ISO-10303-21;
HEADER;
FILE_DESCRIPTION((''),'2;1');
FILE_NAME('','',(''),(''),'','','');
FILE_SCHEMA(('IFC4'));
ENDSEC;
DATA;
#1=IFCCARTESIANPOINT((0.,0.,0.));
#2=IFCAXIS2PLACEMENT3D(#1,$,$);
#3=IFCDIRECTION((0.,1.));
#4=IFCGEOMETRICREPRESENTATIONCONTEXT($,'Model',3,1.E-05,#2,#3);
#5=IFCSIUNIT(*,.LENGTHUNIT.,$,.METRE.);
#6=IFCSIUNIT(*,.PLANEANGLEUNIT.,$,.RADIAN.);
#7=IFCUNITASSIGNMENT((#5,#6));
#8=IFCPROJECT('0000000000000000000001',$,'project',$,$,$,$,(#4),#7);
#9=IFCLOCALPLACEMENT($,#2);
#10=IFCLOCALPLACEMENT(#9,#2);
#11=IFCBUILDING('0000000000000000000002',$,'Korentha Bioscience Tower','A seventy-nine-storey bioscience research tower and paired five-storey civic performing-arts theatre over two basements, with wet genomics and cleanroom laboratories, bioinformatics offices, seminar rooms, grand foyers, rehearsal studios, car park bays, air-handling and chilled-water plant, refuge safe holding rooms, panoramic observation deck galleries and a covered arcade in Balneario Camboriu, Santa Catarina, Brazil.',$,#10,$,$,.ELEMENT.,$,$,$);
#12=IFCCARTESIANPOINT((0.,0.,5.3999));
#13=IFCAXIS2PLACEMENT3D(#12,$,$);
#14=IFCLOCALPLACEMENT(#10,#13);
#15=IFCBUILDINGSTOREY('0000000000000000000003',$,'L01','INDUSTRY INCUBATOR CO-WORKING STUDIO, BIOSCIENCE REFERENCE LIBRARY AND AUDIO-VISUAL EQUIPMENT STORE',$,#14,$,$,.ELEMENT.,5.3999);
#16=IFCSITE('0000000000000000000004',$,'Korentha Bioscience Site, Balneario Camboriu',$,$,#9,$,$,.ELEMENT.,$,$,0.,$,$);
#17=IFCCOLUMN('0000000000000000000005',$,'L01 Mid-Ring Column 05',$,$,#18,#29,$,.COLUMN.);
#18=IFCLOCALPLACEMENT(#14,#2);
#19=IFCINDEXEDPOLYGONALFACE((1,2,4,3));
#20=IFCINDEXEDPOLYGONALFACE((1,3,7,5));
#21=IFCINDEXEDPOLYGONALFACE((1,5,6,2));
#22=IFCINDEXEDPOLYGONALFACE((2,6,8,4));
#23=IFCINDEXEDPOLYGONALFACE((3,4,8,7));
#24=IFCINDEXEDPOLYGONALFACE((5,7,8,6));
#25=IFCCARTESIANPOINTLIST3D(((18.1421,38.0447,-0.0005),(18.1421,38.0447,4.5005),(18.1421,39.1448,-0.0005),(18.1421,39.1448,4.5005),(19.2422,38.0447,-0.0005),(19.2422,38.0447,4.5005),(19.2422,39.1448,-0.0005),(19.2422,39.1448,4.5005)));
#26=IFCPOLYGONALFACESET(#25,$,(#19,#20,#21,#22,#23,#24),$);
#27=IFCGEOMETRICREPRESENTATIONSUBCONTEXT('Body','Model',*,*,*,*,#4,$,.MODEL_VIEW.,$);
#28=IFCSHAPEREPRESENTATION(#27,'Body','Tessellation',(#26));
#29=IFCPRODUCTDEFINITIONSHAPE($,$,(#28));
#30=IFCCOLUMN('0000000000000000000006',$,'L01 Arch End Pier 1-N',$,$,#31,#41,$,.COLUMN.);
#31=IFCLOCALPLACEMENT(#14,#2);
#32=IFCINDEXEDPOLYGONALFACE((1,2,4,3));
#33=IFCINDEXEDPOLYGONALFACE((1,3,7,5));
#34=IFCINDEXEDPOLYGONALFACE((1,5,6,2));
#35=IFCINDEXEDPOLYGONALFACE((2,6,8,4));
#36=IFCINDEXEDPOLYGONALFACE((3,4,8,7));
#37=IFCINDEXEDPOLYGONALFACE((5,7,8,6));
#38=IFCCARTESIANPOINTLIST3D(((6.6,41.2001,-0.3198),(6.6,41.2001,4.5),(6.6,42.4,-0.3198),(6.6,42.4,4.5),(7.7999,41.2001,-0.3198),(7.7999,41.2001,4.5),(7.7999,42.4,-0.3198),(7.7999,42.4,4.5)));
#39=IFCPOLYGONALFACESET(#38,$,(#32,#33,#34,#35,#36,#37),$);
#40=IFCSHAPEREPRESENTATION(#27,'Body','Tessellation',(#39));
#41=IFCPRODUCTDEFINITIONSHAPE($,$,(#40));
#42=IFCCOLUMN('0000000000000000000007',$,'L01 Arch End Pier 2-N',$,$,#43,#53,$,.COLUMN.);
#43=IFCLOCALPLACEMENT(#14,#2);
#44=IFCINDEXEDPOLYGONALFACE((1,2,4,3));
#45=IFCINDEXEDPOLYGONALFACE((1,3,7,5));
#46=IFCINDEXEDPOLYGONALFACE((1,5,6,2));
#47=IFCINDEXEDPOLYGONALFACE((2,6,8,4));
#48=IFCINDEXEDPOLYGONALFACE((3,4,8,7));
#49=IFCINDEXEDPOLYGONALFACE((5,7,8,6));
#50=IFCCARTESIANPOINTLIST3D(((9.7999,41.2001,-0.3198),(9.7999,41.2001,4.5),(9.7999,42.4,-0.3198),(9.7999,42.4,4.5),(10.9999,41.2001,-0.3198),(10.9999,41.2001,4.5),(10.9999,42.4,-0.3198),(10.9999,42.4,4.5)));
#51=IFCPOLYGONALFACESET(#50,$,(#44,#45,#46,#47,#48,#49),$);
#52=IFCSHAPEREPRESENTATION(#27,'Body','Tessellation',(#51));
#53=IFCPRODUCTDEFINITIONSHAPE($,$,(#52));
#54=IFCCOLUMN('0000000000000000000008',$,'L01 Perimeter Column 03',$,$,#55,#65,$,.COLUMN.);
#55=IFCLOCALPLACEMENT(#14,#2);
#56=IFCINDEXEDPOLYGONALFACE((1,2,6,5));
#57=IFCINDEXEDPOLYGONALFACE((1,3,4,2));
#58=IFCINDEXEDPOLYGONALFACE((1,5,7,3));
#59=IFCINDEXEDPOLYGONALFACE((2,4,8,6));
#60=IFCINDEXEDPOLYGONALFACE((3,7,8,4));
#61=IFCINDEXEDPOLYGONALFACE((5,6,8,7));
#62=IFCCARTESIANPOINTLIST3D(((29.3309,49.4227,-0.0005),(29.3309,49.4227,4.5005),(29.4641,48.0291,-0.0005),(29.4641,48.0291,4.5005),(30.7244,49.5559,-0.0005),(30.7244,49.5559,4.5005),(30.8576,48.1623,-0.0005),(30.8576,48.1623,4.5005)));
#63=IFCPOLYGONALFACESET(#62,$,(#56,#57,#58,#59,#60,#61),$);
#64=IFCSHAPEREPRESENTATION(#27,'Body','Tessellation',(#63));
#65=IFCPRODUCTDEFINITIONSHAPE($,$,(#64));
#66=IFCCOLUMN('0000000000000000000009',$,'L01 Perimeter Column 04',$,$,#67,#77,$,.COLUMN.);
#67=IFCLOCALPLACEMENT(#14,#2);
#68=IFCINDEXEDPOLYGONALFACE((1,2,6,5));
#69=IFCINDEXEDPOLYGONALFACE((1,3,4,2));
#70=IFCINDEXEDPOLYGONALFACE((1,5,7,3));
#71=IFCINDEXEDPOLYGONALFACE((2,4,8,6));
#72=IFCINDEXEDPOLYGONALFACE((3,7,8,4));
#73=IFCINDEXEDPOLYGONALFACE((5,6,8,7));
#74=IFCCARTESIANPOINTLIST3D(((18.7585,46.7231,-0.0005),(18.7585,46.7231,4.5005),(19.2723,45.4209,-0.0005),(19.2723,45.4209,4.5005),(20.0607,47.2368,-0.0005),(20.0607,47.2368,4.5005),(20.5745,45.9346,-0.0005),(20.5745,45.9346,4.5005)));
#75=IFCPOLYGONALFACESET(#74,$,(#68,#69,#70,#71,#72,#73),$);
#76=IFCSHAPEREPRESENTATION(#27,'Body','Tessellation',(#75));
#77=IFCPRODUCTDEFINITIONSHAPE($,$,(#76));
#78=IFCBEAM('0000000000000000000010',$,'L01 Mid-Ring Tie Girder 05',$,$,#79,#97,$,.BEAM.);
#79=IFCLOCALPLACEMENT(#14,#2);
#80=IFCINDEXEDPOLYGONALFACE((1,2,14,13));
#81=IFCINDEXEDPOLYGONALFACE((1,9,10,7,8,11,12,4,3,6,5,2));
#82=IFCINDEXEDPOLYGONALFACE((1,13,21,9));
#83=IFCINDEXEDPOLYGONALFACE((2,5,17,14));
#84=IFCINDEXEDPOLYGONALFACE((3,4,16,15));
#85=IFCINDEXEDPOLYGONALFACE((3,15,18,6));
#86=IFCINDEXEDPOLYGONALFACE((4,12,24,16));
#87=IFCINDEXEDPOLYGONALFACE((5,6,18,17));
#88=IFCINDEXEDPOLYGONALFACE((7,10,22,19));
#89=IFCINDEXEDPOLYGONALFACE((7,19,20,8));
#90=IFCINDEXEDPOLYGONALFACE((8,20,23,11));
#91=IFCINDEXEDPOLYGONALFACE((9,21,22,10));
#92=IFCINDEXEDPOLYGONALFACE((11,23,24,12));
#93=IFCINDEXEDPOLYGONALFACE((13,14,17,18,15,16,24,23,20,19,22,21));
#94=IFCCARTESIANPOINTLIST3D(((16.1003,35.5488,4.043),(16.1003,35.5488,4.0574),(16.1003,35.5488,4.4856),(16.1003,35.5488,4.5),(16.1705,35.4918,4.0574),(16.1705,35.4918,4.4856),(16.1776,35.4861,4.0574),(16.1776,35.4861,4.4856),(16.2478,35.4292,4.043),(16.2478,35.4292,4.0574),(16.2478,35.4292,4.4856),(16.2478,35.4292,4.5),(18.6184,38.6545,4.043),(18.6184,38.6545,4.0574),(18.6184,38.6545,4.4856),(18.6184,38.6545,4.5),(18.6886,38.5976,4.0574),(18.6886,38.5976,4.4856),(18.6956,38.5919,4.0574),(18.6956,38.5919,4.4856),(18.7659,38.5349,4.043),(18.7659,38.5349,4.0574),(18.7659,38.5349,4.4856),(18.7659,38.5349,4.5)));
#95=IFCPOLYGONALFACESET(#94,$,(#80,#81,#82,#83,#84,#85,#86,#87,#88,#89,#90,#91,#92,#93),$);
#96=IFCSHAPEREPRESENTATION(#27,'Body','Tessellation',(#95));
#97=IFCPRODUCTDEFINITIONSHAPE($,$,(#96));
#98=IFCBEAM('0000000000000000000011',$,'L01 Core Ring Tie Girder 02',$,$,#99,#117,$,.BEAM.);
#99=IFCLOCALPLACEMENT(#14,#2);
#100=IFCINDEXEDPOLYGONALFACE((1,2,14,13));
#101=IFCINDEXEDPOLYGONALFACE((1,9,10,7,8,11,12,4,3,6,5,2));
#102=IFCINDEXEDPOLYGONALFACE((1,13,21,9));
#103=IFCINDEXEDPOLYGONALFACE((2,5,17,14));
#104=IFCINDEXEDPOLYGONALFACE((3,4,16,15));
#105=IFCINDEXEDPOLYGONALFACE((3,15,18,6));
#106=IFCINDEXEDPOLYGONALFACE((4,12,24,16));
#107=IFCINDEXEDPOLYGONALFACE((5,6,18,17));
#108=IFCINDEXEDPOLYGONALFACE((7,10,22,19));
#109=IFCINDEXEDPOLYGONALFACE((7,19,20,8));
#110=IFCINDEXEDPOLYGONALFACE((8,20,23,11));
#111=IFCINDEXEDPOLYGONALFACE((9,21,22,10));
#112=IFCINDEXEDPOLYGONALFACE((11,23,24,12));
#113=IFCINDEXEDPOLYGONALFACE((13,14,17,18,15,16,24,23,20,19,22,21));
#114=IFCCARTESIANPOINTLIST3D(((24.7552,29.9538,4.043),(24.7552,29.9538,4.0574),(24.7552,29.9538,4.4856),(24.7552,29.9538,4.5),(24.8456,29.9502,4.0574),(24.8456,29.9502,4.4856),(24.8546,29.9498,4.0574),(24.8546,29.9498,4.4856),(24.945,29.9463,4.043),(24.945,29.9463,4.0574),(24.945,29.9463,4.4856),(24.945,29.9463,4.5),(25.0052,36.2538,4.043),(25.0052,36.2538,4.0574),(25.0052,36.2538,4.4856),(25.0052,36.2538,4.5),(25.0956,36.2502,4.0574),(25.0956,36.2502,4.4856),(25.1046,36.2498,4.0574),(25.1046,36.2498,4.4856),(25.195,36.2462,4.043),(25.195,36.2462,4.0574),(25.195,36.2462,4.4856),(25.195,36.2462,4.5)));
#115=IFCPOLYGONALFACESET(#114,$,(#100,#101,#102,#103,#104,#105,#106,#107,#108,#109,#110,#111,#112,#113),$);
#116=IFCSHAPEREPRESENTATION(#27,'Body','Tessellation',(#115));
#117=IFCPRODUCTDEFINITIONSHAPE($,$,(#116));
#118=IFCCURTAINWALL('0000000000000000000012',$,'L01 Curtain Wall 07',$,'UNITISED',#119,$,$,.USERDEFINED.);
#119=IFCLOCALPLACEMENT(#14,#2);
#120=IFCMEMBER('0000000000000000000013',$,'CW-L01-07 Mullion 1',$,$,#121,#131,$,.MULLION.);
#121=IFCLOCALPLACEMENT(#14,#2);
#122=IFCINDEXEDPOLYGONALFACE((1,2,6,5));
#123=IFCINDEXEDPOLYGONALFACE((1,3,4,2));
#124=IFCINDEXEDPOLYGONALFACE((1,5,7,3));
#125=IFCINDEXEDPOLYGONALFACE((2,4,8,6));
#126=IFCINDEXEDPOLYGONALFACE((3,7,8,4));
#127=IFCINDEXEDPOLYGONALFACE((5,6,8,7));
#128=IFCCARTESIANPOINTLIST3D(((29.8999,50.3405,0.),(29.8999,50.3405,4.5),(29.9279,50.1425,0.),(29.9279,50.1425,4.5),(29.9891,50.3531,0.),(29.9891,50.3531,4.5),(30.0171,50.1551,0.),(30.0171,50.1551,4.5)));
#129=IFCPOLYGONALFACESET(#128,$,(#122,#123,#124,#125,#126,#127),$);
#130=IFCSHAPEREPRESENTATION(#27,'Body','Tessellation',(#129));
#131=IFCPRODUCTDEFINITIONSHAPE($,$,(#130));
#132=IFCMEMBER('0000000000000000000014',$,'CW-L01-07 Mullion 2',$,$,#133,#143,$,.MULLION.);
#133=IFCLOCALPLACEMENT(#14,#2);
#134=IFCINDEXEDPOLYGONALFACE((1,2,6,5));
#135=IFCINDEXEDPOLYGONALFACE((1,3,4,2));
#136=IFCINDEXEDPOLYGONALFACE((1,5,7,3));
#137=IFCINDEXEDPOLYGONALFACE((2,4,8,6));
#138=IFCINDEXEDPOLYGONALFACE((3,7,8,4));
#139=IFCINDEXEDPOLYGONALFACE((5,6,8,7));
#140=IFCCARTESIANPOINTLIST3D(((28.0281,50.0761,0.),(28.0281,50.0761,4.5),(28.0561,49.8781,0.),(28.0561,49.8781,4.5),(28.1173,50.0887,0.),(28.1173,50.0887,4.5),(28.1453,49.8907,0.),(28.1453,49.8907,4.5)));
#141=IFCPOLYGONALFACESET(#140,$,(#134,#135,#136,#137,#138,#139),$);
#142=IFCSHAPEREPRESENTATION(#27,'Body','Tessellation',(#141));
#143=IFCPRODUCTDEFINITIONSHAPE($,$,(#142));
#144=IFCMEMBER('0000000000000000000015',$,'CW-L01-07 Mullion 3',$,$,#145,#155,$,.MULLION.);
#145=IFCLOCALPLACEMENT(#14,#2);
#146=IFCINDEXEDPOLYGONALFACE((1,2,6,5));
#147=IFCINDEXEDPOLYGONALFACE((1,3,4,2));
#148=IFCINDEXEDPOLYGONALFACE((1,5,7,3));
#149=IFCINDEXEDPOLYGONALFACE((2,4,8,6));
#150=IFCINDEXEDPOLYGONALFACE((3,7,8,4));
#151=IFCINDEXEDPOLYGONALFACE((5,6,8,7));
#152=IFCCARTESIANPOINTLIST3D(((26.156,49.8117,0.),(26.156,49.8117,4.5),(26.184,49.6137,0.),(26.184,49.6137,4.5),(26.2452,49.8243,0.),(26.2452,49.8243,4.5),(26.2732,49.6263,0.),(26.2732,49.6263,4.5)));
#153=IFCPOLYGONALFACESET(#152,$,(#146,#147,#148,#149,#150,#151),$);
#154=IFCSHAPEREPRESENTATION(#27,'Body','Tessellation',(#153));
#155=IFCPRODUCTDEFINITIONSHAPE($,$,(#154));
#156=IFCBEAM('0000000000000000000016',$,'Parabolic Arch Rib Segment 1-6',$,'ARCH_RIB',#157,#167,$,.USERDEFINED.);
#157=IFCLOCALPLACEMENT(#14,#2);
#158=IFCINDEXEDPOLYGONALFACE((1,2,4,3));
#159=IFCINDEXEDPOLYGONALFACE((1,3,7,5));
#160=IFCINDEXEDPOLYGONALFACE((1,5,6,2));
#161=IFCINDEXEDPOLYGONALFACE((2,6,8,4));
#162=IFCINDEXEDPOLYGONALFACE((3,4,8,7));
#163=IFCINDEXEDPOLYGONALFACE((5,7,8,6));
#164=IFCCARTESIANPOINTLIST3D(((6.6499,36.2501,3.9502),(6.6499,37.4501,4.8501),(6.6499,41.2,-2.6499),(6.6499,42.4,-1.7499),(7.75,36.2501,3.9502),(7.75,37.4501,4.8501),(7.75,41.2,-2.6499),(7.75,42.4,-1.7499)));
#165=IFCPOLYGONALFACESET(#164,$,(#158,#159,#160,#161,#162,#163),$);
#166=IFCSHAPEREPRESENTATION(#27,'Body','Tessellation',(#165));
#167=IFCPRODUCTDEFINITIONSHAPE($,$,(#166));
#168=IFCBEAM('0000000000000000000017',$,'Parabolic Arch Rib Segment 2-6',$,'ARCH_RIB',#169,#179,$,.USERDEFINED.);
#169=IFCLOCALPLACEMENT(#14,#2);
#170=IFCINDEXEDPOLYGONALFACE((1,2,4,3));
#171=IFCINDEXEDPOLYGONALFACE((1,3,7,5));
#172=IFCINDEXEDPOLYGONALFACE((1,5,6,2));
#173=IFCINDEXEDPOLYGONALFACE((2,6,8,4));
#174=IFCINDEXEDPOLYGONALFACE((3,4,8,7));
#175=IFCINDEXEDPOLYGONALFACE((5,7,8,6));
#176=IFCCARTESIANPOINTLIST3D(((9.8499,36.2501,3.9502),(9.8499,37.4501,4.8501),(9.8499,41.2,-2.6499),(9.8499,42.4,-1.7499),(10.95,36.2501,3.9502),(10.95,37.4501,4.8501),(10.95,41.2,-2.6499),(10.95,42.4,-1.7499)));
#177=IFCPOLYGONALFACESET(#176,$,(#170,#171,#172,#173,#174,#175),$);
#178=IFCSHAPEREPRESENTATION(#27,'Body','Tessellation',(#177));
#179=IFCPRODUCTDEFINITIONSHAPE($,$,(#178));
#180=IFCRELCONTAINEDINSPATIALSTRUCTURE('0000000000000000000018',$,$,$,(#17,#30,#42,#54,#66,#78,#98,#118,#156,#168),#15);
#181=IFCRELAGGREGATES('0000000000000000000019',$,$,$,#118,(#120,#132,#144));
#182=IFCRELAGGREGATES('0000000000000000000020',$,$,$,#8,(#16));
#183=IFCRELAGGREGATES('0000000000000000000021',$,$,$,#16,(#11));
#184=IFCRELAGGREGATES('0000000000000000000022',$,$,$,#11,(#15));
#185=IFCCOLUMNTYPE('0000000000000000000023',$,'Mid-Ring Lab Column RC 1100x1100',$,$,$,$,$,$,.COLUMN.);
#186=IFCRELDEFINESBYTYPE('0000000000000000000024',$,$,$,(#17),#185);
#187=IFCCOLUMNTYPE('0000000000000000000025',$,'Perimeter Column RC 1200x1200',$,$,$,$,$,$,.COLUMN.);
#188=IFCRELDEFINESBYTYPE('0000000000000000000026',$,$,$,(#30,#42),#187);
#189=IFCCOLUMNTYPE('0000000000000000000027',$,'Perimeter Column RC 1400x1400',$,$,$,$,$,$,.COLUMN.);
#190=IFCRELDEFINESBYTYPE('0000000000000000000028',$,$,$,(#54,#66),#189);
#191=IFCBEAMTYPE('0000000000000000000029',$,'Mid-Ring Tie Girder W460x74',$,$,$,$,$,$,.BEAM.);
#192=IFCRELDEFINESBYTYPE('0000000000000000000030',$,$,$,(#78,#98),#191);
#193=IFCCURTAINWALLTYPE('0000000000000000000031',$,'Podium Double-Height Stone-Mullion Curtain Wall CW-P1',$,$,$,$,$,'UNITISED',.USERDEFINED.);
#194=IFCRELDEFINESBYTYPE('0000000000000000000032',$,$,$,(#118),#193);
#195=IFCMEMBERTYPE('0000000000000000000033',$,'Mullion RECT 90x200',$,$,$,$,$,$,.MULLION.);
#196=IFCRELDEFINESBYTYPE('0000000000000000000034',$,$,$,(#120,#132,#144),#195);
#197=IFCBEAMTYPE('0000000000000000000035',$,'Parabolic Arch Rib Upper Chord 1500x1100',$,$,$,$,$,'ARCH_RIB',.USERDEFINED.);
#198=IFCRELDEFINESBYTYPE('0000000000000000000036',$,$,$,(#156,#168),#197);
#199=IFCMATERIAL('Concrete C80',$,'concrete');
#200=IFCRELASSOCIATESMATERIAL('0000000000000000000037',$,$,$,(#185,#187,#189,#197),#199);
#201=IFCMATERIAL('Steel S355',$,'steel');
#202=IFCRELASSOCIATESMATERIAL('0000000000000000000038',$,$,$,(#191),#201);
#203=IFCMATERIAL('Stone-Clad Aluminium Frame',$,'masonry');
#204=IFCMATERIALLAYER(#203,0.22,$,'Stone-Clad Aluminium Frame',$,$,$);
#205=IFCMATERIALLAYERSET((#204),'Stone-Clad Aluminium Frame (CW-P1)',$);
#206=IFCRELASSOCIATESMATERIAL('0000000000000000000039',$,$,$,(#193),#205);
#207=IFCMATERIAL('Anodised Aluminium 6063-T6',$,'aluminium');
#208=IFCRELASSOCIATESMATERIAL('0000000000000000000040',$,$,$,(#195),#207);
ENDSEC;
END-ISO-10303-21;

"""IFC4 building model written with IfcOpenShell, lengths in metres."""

from ifc_helpers import new_model, si_unit, direction, frame, origin, origin_2d, place, context, subcontext, project, spatial, rectangle, i_section, extrude, material, layer, layer_set, material_profile, profile_set, type_object, element, aggregate, save


model = new_model("IFC4")

# Units and contexts
model_context = context("Model", 3, precision=1e-05, world=origin(), true_north=direction((0.0, 1.0)))
body_context = subcontext(model_context, "Body", "Model", "MODEL_VIEW")
ifc_project = project(units=[si_unit("LENGTHUNIT", "METRE"), si_unit("PLANEANGLEUNIT", "RADIAN")], contexts=[model_context])

# Site, building, storey
site_placement = place(None, origin())
site = spatial("IfcSite", under=ifc_project, at=site_placement, Name="Korentha Bioscience Site, Balneario Camboriu", CompositionType="ELEMENT", RefElevation=0.0)
building_placement = place(site_placement, origin())
building = spatial("IfcBuilding", under=site, at=building_placement, Name="Korentha Bioscience Tower", Description="A seventy-nine-storey bioscience research tower and paired five-storey civic performing-arts theatre over two basements, with wet genomics and cleanroom laboratories, bioinformatics offices, seminar rooms, grand foyers, rehearsal studios, car park bays, air-handling and chilled-water plant, refuge safe holding rooms, panoramic observation deck galleries and a covered arcade in Balneario Camboriu, Santa Catarina, Brazil.", CompositionType="ELEMENT")
storey_placement = place(building_placement, frame((0.0, 0.0, 5.3999)))
storey = spatial("IfcBuildingStorey", under=building, at=storey_placement, Name="L01", Description="INDUSTRY INCUBATOR CO-WORKING STUDIO, BIOSCIENCE REFERENCE LIBRARY AND AUDIO-VISUAL EQUIPMENT STORE", CompositionType="ELEMENT", Elevation=5.3999)

# Columns
ifc_material_1 = material(Name="Concrete C80", Category="concrete")
ifc_material_profile_1 = material_profile(ifc_material_1, rectangle(XDim=1.1001, YDim=1.1001, at=origin_2d()), Name="Concrete C80")
ifc_profile_set_1 = profile_set([ifc_material_profile_1], Name="Concrete C80 (COL-MR11)")
column_type_1 = type_object("IfcColumnType", Name="Mid-Ring Lab Column RC 1100x1100", PredefinedType="COLUMN", material=ifc_profile_set_1)
column_placement = place(storey_placement, frame((18.6921, 38.5947, -0.0005), z_axis=(0.0, 0.0, 1.0), x_axis=(1.0, 0.0, 0.0)))
element("IfcColumn", 1, at=column_placement, inside=storey, type_object=column_type_1, Name="L01 Mid-Ring Column 05", PredefinedType="COLUMN", context=body_context, shape_type="SweptSolid", body=[
    extrude(rectangle(XDim=1.1001, YDim=1.1001, at=origin_2d()), origin(), (0.0, 0.0, 1.0), 4.501),
])
ifc_material_profile_2 = material_profile(ifc_material_1, rectangle(XDim=1.2, YDim=1.2, at=origin_2d()), Name="Concrete C80")
ifc_profile_set_2 = profile_set([ifc_material_profile_2], Name="Concrete C80 (COL-P12)")
column_type_2 = type_object("IfcColumnType", Name="Perimeter Column RC 1200x1200", PredefinedType="COLUMN", material=ifc_profile_set_2)
for number, where, z_axis, x_axis, name in (
    (2, (7.2, 41.8, -0.3198), (0.0, 0.0, 1.0), (1.0, 0.0, 0.0), "L01 Arch End Pier 1-N"),
    (3, (10.3999, 41.8, -0.3198), (0.0, 0.0, 1.0), (1.0, 0.0, 0.0), "L01 Arch End Pier 2-N"),
):
    element("IfcColumn", number, at=place(storey_placement, frame(where, z_axis=z_axis, x_axis=x_axis)), inside=storey, type_object=column_type_2, Name=name, PredefinedType="COLUMN", context=body_context, shape_type="SweptSolid", body=[
        extrude(rectangle(XDim=1.2, YDim=1.2, at=origin_2d()), origin(), (0.0, 0.0, 1.0), 4.8198),
    ])
ifc_material_profile_3 = material_profile(ifc_material_1, rectangle(XDim=1.3999, YDim=1.3999, at=origin_2d()), Name="Concrete C80")
ifc_profile_set_3 = profile_set([ifc_material_profile_3], Name="Concrete C80 (COL-P14)")
column_type_3 = type_object("IfcColumnType", Name="Perimeter Column RC 1400x1400", PredefinedType="COLUMN", material=ifc_profile_set_3)
for number, where, z_axis, x_axis, name in (
    (4, (30.0942, 48.7925, -0.0005), (0.0, 0.0, 1.0), (0.995463, 0.095151, 0.0), "L01 Perimeter Column 03"),
    (5, (19.6665, 46.3289, -0.0005), (0.0, 0.0, 1.0), (0.930226, 0.366988, 0.0), "L01 Perimeter Column 04"),
):
    element("IfcColumn", number, at=place(storey_placement, frame(where, z_axis=z_axis, x_axis=x_axis)), inside=storey, type_object=column_type_3, Name=name, PredefinedType="COLUMN", context=body_context, shape_type="SweptSolid", body=[
        extrude(rectangle(XDim=1.3999, YDim=1.3999, at=origin_2d()), origin(), (0.0, 0.0, 1.0), 4.501),
    ])

# Beams
ifc_material_2 = material(Name="Steel S355", Category="steel")
ifc_material_profile_4 = material_profile(ifc_material_2, i_section(OverallWidth=0.1899, OverallDepth=0.457, WebThickness=0.009, FlangeThickness=0.0144, at=origin_2d()), Name="Steel S355")
ifc_profile_set_4 = profile_set([ifc_material_profile_4], Name="Steel S355 (MB-460)")
beam_type_1 = type_object("IfcBeamType", Name="Mid-Ring Tie Girder W460x74", PredefinedType="BEAM", material=ifc_profile_set_4)
beam_1_placement = place(storey_placement, frame((18.6921, 38.5947, 4.2715), z_axis=(-0.62979, -0.776765, 0.0), x_axis=(0.776765, -0.62979, 0.0)))
element("IfcBeam", 6, at=beam_1_placement, inside=storey, type_object=beam_type_1, Name="L01 Mid-Ring Tie Girder 05", PredefinedType="BEAM", context=body_context, shape_type="SweptSolid", body=[
    extrude(i_section(OverallWidth=0.1899, OverallDepth=0.457, WebThickness=0.009, FlangeThickness=0.0144, at=origin_2d()), origin(), (0.0, 0.0, 1.0), 3.9983),
])
beam_2_placement = place(storey_placement, frame((25.1001, 36.25, 4.2715), z_axis=(-0.039651, -0.999214, 0.0), x_axis=(0.999214, -0.039651, 0.0)))
element("IfcBeam", 7, at=beam_2_placement, inside=storey, type_object=beam_type_1, Name="L01 Core Ring Tie Girder 02", PredefinedType="BEAM", context=body_context, shape_type="SweptSolid", body=[
    extrude(i_section(OverallWidth=0.1899, OverallDepth=0.457, WebThickness=0.009, FlangeThickness=0.0144, at=origin_2d()), origin(), (0.0, 0.0, 1.0), 6.3049),
])

# Curtain wall, members
ifc_material_3 = material(Name="Stone-Clad Aluminium Frame", Category="masonry")
ifc_layer_1 = layer(ifc_material_3, 0.22, Name="Stone-Clad Aluminium Frame")
ifc_layer_set_1 = layer_set([ifc_layer_1], Name="Stone-Clad Aluminium Frame (CW-P1)")
curtain_wall_type = type_object("IfcCurtainWallType", Name="Podium Double-Height Stone-Mullion Curtain Wall CW-P1", ElementType="UNITISED", PredefinedType="USERDEFINED", material=ifc_layer_set_1)
curtain_wall_placement = place(storey_placement, origin())
curtain_wall = element("IfcCurtainWall", 8, at=curtain_wall_placement, inside=storey, type_object=curtain_wall_type, Name="L01 Curtain Wall 07", ObjectType="UNITISED", PredefinedType="USERDEFINED")
ifc_material_4 = material(Name="Anodised Aluminium 6063-T6", Category="aluminium")
ifc_material_profile_5 = material_profile(ifc_material_4, rectangle(XDim=0.0901, YDim=0.2, at=origin_2d()), Name="Anodised Aluminium 6063-T6")
ifc_profile_set_5 = profile_set([ifc_material_profile_5], Name="Anodised Aluminium 6063-T6 (CW-MUL)")
member_type_1 = type_object("IfcMemberType", Name="Mullion RECT 90x200", PredefinedType="MULLION", material=ifc_profile_set_5)
member_1_placement = place(storey_placement, frame((29.9585, 50.2478, 0.0), z_axis=(0.0, 0.0, 1.0), x_axis=(-0.990167, -0.139888, 0.0)))
member_1 = element("IfcMember", 9, at=member_1_placement, type_object=member_type_1, Name="CW-L01-07 Mullion 1", PredefinedType="MULLION", context=body_context, shape_type="SweptSolid", body=[
    extrude(rectangle(XDim=0.0901, YDim=0.2, at=origin_2d()), origin(), (0.0, 0.0, 1.0), 4.5),
])
member_2_placement = place(storey_placement, frame((28.0867, 49.9834, 0.0), z_axis=(0.0, 0.0, 1.0), x_axis=(-0.990167, -0.139888, 0.0)))
member_2 = element("IfcMember", 10, at=member_2_placement, type_object=member_type_1, Name="CW-L01-07 Mullion 2", PredefinedType="MULLION", context=body_context, shape_type="SweptSolid", body=[
    extrude(rectangle(XDim=0.0901, YDim=0.2, at=origin_2d()), origin(), (0.0, 0.0, 1.0), 4.5),
])
member_3_placement = place(storey_placement, frame((26.2146, 49.719, 0.0), z_axis=(0.0, 0.0, 1.0), x_axis=(-0.990167, -0.139888, 0.0)))
member_3 = element("IfcMember", 11, at=member_3_placement, type_object=member_type_1, Name="CW-L01-07 Mullion 3", PredefinedType="MULLION", context=body_context, shape_type="SweptSolid", body=[
    extrude(rectangle(XDim=0.0901, YDim=0.2, at=origin_2d()), origin(), (0.0, 0.0, 1.0), 4.5),
])

# Beams
ifc_material_profile_6 = material_profile(ifc_material_1, rectangle(XDim=1.1001, YDim=1.5, at=origin_2d()), Name="Concrete C80")
ifc_profile_set_6 = profile_set([ifc_material_profile_6], Name="Concrete C80 (AR-B1)")
beam_type_2 = type_object("IfcBeamType", Name="Parabolic Arch Rib Upper Chord 1500x1100", ElementType="ARCH_RIB", PredefinedType="USERDEFINED", material=ifc_profile_set_6)
for number, where, z_axis, x_axis, name in (
    (12, (7.2, 36.8501, 4.4001), (0.0, 0.599991, -0.800007), (-1.0, 0.0, 0.0), "Parabolic Arch Rib Segment 1-6"),
    (13, (10.3999, 36.8501, 4.4001), (0.0, 0.599991, -0.800007), (-1.0, 0.0, 0.0), "Parabolic Arch Rib Segment 2-6"),
):
    element("IfcBeam", number, at=place(storey_placement, frame(where, z_axis=z_axis, x_axis=x_axis)), inside=storey, type_object=beam_type_2, Name=name, ObjectType="ARCH_RIB", PredefinedType="USERDEFINED", context=body_context, shape_type="SweptSolid", body=[
        extrude(rectangle(XDim=1.1001, YDim=1.5, at=origin_2d()), origin(), (0.0, 0.0, 1.0), 8.25),
    ])

aggregate(curtain_wall, [member_1, member_2, member_3])

save(model, "model.ifc")
